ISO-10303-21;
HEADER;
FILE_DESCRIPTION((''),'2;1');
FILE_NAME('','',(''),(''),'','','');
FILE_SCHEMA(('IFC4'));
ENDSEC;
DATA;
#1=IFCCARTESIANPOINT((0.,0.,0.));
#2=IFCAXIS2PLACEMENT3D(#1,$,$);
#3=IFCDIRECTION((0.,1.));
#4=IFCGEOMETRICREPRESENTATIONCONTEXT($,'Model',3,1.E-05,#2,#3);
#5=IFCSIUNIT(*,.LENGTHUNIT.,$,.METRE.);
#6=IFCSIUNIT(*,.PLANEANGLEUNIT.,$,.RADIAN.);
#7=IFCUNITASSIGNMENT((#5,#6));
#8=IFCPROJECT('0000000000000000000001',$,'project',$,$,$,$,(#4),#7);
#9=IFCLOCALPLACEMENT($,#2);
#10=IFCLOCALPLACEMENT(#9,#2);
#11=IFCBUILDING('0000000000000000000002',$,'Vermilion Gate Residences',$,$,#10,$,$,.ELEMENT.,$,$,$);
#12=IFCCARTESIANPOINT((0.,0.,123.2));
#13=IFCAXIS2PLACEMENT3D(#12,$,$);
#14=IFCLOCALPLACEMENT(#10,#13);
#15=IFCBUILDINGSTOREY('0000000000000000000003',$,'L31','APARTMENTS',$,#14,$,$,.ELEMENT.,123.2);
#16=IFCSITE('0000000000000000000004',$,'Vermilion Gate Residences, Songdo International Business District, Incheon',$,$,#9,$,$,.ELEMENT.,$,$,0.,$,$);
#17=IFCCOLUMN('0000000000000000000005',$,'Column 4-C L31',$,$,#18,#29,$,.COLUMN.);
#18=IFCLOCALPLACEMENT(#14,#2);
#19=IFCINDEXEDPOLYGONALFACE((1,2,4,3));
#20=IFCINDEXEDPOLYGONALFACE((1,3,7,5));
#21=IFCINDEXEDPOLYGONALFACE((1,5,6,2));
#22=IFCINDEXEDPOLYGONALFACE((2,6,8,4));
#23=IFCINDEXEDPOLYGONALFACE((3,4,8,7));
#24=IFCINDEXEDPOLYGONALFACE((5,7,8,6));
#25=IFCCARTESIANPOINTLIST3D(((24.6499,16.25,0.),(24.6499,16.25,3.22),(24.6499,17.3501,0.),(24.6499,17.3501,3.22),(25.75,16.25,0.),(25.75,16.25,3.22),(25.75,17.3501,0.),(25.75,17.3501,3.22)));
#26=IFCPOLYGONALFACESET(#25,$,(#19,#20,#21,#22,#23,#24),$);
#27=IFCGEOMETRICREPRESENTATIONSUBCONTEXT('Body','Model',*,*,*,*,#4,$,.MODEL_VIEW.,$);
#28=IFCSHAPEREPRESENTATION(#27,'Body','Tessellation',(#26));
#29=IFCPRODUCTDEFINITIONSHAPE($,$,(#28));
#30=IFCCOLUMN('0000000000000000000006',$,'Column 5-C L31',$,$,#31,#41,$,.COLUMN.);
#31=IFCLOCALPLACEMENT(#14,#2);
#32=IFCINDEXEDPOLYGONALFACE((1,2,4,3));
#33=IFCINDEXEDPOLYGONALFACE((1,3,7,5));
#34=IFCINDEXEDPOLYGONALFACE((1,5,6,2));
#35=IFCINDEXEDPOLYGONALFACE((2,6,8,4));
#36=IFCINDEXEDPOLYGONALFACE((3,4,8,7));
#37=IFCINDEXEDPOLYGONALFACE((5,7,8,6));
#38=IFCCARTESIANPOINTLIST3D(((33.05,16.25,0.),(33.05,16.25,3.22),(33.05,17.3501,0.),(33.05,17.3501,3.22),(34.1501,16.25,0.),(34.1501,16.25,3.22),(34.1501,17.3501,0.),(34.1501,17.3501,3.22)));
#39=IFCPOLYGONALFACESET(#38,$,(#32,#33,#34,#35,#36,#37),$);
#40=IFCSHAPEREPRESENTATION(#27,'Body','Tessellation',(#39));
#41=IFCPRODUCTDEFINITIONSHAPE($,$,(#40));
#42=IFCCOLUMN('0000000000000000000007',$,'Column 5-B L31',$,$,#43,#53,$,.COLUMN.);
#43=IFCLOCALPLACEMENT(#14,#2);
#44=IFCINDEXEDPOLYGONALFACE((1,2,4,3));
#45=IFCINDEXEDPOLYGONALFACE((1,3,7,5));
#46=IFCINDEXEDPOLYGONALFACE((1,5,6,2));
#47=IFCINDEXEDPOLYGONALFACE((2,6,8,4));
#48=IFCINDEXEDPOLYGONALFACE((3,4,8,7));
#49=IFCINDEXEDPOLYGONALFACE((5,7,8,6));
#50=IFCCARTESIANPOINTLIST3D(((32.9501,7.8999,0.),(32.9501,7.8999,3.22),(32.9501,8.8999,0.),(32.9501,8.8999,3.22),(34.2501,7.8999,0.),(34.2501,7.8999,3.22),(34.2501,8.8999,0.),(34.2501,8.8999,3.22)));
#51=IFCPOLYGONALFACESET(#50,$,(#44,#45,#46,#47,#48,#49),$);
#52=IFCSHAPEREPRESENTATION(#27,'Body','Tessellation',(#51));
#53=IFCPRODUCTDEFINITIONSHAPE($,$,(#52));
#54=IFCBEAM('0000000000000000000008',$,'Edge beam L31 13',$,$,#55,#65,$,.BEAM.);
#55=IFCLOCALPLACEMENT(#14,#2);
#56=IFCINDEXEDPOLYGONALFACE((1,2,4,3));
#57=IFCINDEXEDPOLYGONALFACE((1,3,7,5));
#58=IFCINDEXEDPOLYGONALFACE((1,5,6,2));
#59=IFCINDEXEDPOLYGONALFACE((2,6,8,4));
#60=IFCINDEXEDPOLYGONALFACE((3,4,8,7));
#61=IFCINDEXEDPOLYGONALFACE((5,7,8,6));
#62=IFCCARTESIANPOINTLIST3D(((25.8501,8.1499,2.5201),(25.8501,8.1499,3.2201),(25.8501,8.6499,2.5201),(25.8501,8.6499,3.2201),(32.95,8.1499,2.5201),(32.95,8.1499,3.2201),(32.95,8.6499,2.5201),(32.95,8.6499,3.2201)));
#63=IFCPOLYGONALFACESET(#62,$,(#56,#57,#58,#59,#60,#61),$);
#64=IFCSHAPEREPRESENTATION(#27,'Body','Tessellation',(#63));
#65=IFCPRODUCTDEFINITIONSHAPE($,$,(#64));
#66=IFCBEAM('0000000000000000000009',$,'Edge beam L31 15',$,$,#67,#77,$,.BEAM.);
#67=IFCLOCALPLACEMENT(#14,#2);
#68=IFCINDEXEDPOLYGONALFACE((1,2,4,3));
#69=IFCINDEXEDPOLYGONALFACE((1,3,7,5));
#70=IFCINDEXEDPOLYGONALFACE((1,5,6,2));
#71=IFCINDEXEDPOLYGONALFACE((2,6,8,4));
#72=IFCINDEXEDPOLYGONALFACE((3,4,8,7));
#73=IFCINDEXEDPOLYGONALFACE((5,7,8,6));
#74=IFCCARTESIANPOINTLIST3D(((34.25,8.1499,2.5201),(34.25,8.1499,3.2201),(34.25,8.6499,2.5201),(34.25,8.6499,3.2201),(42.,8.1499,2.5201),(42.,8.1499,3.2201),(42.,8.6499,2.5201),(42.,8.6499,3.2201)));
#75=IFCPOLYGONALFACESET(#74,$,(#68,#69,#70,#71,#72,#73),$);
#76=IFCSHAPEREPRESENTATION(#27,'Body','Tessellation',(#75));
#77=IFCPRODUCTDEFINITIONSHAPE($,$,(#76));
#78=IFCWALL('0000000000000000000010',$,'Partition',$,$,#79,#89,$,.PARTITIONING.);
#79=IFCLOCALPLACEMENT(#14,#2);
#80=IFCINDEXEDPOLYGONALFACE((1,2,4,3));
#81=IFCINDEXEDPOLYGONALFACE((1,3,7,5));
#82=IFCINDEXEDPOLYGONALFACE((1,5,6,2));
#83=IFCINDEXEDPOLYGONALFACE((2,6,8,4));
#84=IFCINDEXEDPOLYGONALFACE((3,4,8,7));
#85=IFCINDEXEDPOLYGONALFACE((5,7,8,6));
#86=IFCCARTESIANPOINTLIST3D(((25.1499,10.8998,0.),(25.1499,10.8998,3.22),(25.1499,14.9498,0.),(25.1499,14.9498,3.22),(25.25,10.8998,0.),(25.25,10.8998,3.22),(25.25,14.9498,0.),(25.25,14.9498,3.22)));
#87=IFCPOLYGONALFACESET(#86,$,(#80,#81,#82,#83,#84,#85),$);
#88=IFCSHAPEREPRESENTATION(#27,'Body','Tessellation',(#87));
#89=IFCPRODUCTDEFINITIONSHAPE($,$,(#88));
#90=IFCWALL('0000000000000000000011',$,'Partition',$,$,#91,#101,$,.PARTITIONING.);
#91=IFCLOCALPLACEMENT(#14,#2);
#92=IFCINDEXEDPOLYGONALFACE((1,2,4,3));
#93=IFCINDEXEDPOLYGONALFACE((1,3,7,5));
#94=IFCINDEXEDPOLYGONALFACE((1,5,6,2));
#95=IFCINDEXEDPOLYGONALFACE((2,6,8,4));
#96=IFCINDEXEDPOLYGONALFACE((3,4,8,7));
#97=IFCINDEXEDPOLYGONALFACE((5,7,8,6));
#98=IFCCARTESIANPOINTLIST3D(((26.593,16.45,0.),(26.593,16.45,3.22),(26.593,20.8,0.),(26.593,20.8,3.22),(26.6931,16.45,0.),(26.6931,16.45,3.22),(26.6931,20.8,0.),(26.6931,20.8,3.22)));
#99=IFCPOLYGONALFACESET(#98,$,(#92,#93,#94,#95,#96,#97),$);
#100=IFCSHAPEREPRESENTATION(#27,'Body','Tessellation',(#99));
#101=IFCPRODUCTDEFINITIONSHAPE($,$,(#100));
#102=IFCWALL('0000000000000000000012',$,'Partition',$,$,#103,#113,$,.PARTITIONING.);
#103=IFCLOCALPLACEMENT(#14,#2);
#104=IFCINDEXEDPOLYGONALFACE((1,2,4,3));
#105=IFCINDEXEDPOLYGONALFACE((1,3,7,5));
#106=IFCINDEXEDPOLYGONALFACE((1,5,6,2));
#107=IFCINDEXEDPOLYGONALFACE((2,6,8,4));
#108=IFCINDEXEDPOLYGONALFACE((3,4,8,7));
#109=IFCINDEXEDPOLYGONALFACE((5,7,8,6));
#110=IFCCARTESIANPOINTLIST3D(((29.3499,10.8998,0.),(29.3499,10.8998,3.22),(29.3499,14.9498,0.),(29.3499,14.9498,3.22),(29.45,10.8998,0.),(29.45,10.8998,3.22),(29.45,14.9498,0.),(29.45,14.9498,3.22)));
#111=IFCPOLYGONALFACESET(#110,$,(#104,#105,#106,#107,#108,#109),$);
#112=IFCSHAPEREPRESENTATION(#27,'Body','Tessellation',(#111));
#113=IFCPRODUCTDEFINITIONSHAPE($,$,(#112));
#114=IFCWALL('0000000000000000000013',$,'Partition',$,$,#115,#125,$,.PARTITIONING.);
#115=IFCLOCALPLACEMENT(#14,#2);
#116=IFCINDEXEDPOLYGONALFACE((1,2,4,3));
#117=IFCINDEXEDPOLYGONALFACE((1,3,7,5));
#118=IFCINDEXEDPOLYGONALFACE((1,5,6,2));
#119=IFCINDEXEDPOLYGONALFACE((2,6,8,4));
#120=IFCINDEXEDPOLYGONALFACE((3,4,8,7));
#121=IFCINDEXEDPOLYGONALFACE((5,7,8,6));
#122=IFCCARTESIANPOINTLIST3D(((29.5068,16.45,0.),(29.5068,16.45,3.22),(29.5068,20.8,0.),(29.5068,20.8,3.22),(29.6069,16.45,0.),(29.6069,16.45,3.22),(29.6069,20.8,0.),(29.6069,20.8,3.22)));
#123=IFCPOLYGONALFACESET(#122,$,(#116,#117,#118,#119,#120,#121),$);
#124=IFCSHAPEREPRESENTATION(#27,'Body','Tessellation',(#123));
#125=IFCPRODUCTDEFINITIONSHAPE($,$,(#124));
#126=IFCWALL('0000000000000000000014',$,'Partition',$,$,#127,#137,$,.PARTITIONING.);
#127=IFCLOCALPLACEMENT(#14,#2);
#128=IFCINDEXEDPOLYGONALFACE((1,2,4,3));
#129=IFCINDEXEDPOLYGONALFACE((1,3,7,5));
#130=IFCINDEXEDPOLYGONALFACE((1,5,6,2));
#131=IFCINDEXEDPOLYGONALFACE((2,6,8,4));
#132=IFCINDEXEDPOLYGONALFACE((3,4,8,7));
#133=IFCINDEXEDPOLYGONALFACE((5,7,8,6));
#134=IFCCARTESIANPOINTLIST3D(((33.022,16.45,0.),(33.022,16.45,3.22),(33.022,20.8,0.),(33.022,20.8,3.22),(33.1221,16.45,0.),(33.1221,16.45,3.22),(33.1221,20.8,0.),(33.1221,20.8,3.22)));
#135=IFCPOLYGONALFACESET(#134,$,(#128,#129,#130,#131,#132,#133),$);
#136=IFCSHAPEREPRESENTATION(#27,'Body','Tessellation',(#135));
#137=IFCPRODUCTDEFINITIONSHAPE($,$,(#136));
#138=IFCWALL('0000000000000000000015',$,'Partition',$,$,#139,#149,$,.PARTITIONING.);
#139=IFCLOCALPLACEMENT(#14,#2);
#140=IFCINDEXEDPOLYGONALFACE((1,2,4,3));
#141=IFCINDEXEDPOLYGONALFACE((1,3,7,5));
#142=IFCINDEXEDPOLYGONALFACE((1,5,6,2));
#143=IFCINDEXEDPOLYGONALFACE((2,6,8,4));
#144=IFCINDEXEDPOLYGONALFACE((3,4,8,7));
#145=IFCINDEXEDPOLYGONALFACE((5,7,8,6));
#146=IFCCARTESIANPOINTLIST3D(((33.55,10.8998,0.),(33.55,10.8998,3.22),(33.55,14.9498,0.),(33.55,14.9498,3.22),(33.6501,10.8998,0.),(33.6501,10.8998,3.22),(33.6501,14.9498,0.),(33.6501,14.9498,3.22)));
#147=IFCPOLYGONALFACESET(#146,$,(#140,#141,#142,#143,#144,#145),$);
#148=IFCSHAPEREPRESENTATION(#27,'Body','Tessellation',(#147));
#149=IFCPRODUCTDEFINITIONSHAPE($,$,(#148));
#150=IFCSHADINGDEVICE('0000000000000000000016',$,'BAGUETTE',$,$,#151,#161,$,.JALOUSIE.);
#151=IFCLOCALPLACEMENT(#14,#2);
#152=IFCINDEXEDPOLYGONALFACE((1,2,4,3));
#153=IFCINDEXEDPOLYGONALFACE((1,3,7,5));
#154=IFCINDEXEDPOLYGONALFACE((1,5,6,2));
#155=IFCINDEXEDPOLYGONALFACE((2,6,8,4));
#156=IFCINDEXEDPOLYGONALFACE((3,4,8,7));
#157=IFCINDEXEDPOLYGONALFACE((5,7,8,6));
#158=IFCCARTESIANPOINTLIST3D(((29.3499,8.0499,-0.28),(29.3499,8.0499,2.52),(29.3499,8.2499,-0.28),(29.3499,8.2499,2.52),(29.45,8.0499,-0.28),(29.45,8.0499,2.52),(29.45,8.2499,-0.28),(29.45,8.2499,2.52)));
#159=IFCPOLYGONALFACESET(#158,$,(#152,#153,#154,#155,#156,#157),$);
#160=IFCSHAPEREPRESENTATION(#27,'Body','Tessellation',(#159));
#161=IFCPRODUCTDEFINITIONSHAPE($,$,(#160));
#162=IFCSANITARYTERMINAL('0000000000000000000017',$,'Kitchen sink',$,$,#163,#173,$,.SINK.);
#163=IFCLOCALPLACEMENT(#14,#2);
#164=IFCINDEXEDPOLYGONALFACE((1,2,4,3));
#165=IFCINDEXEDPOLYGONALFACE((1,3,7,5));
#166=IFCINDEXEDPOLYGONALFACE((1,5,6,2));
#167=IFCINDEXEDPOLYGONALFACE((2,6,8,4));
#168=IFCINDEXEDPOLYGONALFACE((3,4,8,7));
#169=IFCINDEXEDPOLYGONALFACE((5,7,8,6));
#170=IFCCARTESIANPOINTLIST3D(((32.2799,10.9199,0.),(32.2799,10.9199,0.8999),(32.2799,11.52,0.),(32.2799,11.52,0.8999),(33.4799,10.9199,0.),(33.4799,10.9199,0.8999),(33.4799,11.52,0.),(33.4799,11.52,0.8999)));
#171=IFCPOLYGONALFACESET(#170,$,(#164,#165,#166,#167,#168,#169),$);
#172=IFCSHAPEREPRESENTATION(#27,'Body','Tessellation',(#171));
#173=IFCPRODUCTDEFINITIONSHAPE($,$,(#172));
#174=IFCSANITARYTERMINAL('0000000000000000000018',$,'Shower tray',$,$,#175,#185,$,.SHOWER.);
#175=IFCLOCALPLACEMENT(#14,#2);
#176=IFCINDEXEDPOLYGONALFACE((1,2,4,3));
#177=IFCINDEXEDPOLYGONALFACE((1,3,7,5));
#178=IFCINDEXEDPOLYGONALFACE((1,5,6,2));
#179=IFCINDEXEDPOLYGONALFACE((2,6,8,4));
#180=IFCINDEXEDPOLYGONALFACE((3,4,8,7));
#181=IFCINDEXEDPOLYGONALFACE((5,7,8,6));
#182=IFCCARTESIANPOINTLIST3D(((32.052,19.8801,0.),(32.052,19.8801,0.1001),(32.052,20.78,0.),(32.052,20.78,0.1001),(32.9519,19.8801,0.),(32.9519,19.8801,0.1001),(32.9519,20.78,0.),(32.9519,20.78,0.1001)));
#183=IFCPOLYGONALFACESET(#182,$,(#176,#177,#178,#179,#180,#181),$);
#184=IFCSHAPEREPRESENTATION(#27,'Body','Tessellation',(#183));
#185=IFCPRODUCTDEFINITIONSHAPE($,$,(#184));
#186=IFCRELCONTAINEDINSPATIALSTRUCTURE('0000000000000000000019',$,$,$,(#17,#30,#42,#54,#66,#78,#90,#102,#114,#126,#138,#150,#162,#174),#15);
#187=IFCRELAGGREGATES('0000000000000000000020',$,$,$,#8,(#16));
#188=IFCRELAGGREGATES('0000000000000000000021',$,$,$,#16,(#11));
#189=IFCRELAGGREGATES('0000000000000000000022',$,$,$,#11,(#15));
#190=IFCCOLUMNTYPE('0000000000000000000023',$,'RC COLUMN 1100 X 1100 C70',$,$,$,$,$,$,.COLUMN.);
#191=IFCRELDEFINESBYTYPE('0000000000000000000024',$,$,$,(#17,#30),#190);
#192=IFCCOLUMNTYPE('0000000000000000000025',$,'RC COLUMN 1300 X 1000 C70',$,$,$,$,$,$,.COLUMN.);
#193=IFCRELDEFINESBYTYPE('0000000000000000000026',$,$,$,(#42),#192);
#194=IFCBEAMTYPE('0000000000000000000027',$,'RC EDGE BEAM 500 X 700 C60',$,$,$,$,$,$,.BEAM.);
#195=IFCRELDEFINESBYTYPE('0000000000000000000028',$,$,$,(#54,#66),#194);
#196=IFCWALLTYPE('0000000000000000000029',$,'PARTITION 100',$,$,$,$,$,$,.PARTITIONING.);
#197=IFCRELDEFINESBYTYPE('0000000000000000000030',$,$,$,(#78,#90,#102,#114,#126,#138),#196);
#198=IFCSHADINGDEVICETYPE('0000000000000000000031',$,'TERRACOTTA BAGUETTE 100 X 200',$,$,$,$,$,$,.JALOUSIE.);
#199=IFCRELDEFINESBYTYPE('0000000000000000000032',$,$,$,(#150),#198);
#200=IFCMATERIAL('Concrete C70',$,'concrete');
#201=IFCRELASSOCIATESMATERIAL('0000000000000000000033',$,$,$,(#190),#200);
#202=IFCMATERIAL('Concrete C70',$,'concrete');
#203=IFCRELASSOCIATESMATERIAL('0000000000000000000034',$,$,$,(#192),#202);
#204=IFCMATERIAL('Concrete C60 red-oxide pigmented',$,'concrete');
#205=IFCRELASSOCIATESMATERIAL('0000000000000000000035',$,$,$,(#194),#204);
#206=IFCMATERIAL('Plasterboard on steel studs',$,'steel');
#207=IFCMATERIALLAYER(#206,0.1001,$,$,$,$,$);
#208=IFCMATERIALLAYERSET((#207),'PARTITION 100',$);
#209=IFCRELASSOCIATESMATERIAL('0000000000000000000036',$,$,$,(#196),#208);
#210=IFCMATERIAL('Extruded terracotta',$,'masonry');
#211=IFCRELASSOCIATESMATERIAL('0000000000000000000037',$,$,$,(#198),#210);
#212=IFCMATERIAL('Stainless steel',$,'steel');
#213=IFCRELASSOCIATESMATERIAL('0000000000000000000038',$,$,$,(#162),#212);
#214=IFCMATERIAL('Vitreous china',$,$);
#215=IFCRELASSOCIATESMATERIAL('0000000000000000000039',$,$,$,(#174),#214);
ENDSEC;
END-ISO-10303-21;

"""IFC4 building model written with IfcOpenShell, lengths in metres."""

from ifc_helpers import new_model, si_unit, direction, frame, frame_2d, origin, origin_2d, place, context, subcontext, project, spatial, rectangle, extrude, material, layer, layer_set, material_profile, profile_set, type_object, element, save


model = new_model("IFC4")

# Units and contexts
model_context = context("Model", 3, precision=1e-05, world=origin(), true_north=direction((0.0, 1.0)))
body_context = subcontext(model_context, "Body", "Model", "MODEL_VIEW")
ifc_project = project(units=[si_unit("LENGTHUNIT", "METRE"), si_unit("PLANEANGLEUNIT", "RADIAN")], contexts=[model_context])

# Site, building, storey
site_placement = place(None, origin())
site = spatial("IfcSite", under=ifc_project, at=site_placement, Name="Vermilion Gate Residences, Songdo International Business District, Incheon", CompositionType="ELEMENT", RefElevation=0.0)
building_placement = place(site_placement, origin())
building = spatial("IfcBuilding", under=site, at=building_placement, Name="Vermilion Gate Residences", CompositionType="ELEMENT")
storey_placement = place(building_placement, frame((0.0, 0.0, 123.2)))
storey = spatial("IfcBuildingStorey", under=building, at=storey_placement, Name="L31", Description="APARTMENTS", CompositionType="ELEMENT", Elevation=123.2)

# Columns
ifc_material_1 = material(Name="Concrete C70", Category="concrete")
ifc_material_profile_1 = material_profile(ifc_material_1, rectangle(XDim=1.1001, YDim=1.1001, at=origin_2d()), Name="RC-1100x1100")
ifc_profile_set_1 = profile_set([ifc_material_profile_1], Name="Concrete C70")
column_type_1 = type_object("IfcColumnType", Name="RC COLUMN 1100 X 1100 C70", PredefinedType="COLUMN", material=ifc_profile_set_1)
for number, where, z_axis, x_axis, name in (
    (1, (25.2, 16.8, 0.0), (0.0, 0.0, 1.0), (1.0, 0.0, 0.0), "Column 4-C L31"),
    (2, (33.6001, 16.8, 0.0), (0.0, 0.0, 1.0), (1.0, 0.0, 0.0), "Column 5-C L31"),
):
    element("IfcColumn", number, at=place(storey_placement, frame(where, z_axis=z_axis, x_axis=x_axis)), inside=storey, type_object=column_type_1, Name=name, PredefinedType="COLUMN", context=body_context, shape_type="SweptSolid", body=[
        extrude(rectangle(XDim=1.1001, YDim=1.1001, at=origin_2d()), origin(), (0.0, 0.0, 1.0), 3.22),
    ])
ifc_material_2 = material(Name="Concrete C70", Category="concrete")
ifc_material_profile_2 = material_profile(ifc_material_2, rectangle(XDim=1.3, YDim=1.0, at=origin_2d()), Name="RC-1300x1000")
ifc_profile_set_2 = profile_set([ifc_material_profile_2], Name="Concrete C70")
column_type_2 = type_object("IfcColumnType", Name="RC COLUMN 1300 X 1000 C70", PredefinedType="COLUMN", material=ifc_profile_set_2)
column_placement = place(storey_placement, frame((33.6001, 8.3999, 0.0), z_axis=(0.0, 0.0, 1.0), x_axis=(1.0, 0.0, 0.0)))
element("IfcColumn", 3, at=column_placement, inside=storey, type_object=column_type_2, Name="Column 5-B L31", PredefinedType="COLUMN", context=body_context, shape_type="SweptSolid", body=[
    extrude(rectangle(XDim=1.3, YDim=1.0, at=origin_2d()), origin(), (0.0, 0.0, 1.0), 3.22),
])

# Beams
ifc_material_3 = material(Name="Concrete C60 red-oxide pigmented", Category="concrete")
ifc_material_profile_3 = material_profile(ifc_material_3, rectangle(XDim=0.5, YDim=0.7, at=origin_2d()), Name="RC-500x700")
ifc_profile_set_3 = profile_set([ifc_material_profile_3], Name="Concrete C60 red-oxide pigmented")
beam_type = type_object("IfcBeamType", Name="RC EDGE BEAM 500 X 700 C60", PredefinedType="BEAM", material=ifc_profile_set_3)
beam_1_placement = place(storey_placement, frame((25.8501, 8.3999, 2.8701), z_axis=(1.0, 0.0, 0.0), x_axis=(0.0, 1.0, 0.0)))
element("IfcBeam", 4, at=beam_1_placement, inside=storey, type_object=beam_type, Name="Edge beam L31 13", PredefinedType="BEAM", context=body_context, shape_type="SweptSolid", body=[
    extrude(rectangle(XDim=0.5, YDim=0.7, at=origin_2d()), origin(), (0.0, 0.0, 1.0), 7.0999),
])
beam_2_placement = place(storey_placement, frame((34.25, 8.3999, 2.8701), z_axis=(1.0, 0.0, 0.0), x_axis=(0.0, 1.0, 0.0)))
element("IfcBeam", 5, at=beam_2_placement, inside=storey, type_object=beam_type, Name="Edge beam L31 15", PredefinedType="BEAM", context=body_context, shape_type="SweptSolid", body=[
    extrude(rectangle(XDim=0.5, YDim=0.7, at=origin_2d()), origin(), (0.0, 0.0, 1.0), 7.75),
])

# Walls
ifc_material_4 = material(Name="Plasterboard on steel studs", Category="steel")
ifc_layer = layer(ifc_material_4, 0.1001)
ifc_layer_set = layer_set([ifc_layer], Name="PARTITION 100")
wall_type = type_object("IfcWallType", Name="PARTITION 100", PredefinedType="PARTITIONING", material=ifc_layer_set)
wall_1_placement = place(storey_placement, frame((25.2, 10.8999, 0.0), z_axis=(0.0, 0.0, 1.0), x_axis=(0.0, 1.0, 0.0)))
element("IfcWall", 6, at=wall_1_placement, inside=storey, type_object=wall_type, Name="Partition", PredefinedType="PARTITIONING", context=body_context, shape_type="SweptSolid", body=[
    extrude(rectangle(XDim=4.05, YDim=0.1001, at=frame_2d((2.0249, 0.0))), origin(), (0.0, 0.0, 1.0), 3.22),
])
wall_2_placement = place(storey_placement, frame((26.6431, 16.45, 0.0), z_axis=(0.0, 0.0, 1.0), x_axis=(0.0, 1.0, 0.0)))
element("IfcWall", 7, at=wall_2_placement, inside=storey, type_object=wall_type, Name="Partition", PredefinedType="PARTITIONING", context=body_context, shape_type="SweptSolid", body=[
    extrude(rectangle(XDim=4.3501, YDim=0.1001, at=frame_2d((2.175, 0.0))), origin(), (0.0, 0.0, 1.0), 3.22),
])
wall_3_placement = place(storey_placement, frame((29.3999, 10.8999, 0.0), z_axis=(0.0, 0.0, 1.0), x_axis=(0.0, 1.0, 0.0)))
element("IfcWall", 8, at=wall_3_placement, inside=storey, type_object=wall_type, Name="Partition", PredefinedType="PARTITIONING", context=body_context, shape_type="SweptSolid", body=[
    extrude(rectangle(XDim=4.05, YDim=0.1001, at=frame_2d((2.0249, 0.0))), origin(), (0.0, 0.0, 1.0), 3.22),
])
for number, where, z_axis, x_axis, name in (
    (9, (29.5569, 16.45, 0.0), (0.0, 0.0, 1.0), (0.0, 1.0, 0.0), "Partition"),
    (10, (33.072, 16.45, 0.0), (0.0, 0.0, 1.0), (0.0, 1.0, 0.0), "Partition"),
):
    element("IfcWall", number, at=place(storey_placement, frame(where, z_axis=z_axis, x_axis=x_axis)), inside=storey, type_object=wall_type, Name=name, PredefinedType="PARTITIONING", context=body_context, shape_type="SweptSolid", body=[
        extrude(rectangle(XDim=4.3501, YDim=0.1001, at=frame_2d((2.175, 0.0))), origin(), (0.0, 0.0, 1.0), 3.22),
    ])
wall_4_placement = place(storey_placement, frame((33.6001, 10.8999, 0.0), z_axis=(0.0, 0.0, 1.0), x_axis=(0.0, 1.0, 0.0)))
element("IfcWall", 11, at=wall_4_placement, inside=storey, type_object=wall_type, Name="Partition", PredefinedType="PARTITIONING", context=body_context, shape_type="SweptSolid", body=[
    extrude(rectangle(XDim=4.05, YDim=0.1001, at=frame_2d((2.0249, 0.0))), origin(), (0.0, 0.0, 1.0), 3.22),
])

# Shading device
ifc_material_5 = material(Name="Extruded terracotta", Category="masonry")
ifc_material_profile_4 = material_profile(ifc_material_5, rectangle(XDim=0.2, YDim=0.1001, at=origin_2d()), Name="BAGUETTE 100 X 200")
ifc_profile_set_4 = profile_set([ifc_material_profile_4], Name="Extruded terracotta")
shading_device_type = type_object("IfcShadingDeviceType", Name="TERRACOTTA BAGUETTE 100 X 200", PredefinedType="JALOUSIE", material=ifc_profile_set_4)
shading_device_placement = place(storey_placement, frame((29.3999, 8.1499, -0.28), z_axis=(0.0, 0.0, 1.0), x_axis=(0.0, 1.0, 0.0)))
element("IfcShadingDevice", 12, at=shading_device_placement, inside=storey, type_object=shading_device_type, Name="BAGUETTE", PredefinedType="JALOUSIE", context=body_context, shape_type="SweptSolid", body=[
    extrude(rectangle(XDim=0.2, YDim=0.1001, at=origin_2d()), origin(), (0.0, 0.0, 1.0), 2.8),
])

# Sanitary terminals
ifc_material_6 = material(Name="Stainless steel", Category="steel")
sanitary_terminal_1_placement = place(storey_placement, frame((32.8799, 11.22, 0.0), z_axis=(0.0, 0.0, 1.0), x_axis=(1.0, 0.0, 0.0)))
element("IfcSanitaryTerminal", 13, at=sanitary_terminal_1_placement, inside=storey, material=ifc_material_6, Name="Kitchen sink", PredefinedType="SINK", context=body_context, shape_type="SweptSolid", body=[
    extrude(rectangle(XDim=1.2, YDim=0.6001, at=origin_2d()), origin(), (0.0, 0.0, 1.0), 0.8999),
])
ifc_material_7 = material(Name="Vitreous china")
sanitary_terminal_2_placement = place(storey_placement, frame((32.502, 20.3301, 0.0), z_axis=(0.0, 0.0, 1.0), x_axis=(1.0, 0.0, 0.0)))
element("IfcSanitaryTerminal", 14, at=sanitary_terminal_2_placement, inside=storey, material=ifc_material_7, Name="Shower tray", PredefinedType="SHOWER", context=body_context, shape_type="SweptSolid", body=[
    extrude(rectangle(XDim=0.8999, YDim=0.8999, at=origin_2d()), origin(), (0.0, 0.0, 1.0), 0.1001),
])

save(model, "model.ifc")
